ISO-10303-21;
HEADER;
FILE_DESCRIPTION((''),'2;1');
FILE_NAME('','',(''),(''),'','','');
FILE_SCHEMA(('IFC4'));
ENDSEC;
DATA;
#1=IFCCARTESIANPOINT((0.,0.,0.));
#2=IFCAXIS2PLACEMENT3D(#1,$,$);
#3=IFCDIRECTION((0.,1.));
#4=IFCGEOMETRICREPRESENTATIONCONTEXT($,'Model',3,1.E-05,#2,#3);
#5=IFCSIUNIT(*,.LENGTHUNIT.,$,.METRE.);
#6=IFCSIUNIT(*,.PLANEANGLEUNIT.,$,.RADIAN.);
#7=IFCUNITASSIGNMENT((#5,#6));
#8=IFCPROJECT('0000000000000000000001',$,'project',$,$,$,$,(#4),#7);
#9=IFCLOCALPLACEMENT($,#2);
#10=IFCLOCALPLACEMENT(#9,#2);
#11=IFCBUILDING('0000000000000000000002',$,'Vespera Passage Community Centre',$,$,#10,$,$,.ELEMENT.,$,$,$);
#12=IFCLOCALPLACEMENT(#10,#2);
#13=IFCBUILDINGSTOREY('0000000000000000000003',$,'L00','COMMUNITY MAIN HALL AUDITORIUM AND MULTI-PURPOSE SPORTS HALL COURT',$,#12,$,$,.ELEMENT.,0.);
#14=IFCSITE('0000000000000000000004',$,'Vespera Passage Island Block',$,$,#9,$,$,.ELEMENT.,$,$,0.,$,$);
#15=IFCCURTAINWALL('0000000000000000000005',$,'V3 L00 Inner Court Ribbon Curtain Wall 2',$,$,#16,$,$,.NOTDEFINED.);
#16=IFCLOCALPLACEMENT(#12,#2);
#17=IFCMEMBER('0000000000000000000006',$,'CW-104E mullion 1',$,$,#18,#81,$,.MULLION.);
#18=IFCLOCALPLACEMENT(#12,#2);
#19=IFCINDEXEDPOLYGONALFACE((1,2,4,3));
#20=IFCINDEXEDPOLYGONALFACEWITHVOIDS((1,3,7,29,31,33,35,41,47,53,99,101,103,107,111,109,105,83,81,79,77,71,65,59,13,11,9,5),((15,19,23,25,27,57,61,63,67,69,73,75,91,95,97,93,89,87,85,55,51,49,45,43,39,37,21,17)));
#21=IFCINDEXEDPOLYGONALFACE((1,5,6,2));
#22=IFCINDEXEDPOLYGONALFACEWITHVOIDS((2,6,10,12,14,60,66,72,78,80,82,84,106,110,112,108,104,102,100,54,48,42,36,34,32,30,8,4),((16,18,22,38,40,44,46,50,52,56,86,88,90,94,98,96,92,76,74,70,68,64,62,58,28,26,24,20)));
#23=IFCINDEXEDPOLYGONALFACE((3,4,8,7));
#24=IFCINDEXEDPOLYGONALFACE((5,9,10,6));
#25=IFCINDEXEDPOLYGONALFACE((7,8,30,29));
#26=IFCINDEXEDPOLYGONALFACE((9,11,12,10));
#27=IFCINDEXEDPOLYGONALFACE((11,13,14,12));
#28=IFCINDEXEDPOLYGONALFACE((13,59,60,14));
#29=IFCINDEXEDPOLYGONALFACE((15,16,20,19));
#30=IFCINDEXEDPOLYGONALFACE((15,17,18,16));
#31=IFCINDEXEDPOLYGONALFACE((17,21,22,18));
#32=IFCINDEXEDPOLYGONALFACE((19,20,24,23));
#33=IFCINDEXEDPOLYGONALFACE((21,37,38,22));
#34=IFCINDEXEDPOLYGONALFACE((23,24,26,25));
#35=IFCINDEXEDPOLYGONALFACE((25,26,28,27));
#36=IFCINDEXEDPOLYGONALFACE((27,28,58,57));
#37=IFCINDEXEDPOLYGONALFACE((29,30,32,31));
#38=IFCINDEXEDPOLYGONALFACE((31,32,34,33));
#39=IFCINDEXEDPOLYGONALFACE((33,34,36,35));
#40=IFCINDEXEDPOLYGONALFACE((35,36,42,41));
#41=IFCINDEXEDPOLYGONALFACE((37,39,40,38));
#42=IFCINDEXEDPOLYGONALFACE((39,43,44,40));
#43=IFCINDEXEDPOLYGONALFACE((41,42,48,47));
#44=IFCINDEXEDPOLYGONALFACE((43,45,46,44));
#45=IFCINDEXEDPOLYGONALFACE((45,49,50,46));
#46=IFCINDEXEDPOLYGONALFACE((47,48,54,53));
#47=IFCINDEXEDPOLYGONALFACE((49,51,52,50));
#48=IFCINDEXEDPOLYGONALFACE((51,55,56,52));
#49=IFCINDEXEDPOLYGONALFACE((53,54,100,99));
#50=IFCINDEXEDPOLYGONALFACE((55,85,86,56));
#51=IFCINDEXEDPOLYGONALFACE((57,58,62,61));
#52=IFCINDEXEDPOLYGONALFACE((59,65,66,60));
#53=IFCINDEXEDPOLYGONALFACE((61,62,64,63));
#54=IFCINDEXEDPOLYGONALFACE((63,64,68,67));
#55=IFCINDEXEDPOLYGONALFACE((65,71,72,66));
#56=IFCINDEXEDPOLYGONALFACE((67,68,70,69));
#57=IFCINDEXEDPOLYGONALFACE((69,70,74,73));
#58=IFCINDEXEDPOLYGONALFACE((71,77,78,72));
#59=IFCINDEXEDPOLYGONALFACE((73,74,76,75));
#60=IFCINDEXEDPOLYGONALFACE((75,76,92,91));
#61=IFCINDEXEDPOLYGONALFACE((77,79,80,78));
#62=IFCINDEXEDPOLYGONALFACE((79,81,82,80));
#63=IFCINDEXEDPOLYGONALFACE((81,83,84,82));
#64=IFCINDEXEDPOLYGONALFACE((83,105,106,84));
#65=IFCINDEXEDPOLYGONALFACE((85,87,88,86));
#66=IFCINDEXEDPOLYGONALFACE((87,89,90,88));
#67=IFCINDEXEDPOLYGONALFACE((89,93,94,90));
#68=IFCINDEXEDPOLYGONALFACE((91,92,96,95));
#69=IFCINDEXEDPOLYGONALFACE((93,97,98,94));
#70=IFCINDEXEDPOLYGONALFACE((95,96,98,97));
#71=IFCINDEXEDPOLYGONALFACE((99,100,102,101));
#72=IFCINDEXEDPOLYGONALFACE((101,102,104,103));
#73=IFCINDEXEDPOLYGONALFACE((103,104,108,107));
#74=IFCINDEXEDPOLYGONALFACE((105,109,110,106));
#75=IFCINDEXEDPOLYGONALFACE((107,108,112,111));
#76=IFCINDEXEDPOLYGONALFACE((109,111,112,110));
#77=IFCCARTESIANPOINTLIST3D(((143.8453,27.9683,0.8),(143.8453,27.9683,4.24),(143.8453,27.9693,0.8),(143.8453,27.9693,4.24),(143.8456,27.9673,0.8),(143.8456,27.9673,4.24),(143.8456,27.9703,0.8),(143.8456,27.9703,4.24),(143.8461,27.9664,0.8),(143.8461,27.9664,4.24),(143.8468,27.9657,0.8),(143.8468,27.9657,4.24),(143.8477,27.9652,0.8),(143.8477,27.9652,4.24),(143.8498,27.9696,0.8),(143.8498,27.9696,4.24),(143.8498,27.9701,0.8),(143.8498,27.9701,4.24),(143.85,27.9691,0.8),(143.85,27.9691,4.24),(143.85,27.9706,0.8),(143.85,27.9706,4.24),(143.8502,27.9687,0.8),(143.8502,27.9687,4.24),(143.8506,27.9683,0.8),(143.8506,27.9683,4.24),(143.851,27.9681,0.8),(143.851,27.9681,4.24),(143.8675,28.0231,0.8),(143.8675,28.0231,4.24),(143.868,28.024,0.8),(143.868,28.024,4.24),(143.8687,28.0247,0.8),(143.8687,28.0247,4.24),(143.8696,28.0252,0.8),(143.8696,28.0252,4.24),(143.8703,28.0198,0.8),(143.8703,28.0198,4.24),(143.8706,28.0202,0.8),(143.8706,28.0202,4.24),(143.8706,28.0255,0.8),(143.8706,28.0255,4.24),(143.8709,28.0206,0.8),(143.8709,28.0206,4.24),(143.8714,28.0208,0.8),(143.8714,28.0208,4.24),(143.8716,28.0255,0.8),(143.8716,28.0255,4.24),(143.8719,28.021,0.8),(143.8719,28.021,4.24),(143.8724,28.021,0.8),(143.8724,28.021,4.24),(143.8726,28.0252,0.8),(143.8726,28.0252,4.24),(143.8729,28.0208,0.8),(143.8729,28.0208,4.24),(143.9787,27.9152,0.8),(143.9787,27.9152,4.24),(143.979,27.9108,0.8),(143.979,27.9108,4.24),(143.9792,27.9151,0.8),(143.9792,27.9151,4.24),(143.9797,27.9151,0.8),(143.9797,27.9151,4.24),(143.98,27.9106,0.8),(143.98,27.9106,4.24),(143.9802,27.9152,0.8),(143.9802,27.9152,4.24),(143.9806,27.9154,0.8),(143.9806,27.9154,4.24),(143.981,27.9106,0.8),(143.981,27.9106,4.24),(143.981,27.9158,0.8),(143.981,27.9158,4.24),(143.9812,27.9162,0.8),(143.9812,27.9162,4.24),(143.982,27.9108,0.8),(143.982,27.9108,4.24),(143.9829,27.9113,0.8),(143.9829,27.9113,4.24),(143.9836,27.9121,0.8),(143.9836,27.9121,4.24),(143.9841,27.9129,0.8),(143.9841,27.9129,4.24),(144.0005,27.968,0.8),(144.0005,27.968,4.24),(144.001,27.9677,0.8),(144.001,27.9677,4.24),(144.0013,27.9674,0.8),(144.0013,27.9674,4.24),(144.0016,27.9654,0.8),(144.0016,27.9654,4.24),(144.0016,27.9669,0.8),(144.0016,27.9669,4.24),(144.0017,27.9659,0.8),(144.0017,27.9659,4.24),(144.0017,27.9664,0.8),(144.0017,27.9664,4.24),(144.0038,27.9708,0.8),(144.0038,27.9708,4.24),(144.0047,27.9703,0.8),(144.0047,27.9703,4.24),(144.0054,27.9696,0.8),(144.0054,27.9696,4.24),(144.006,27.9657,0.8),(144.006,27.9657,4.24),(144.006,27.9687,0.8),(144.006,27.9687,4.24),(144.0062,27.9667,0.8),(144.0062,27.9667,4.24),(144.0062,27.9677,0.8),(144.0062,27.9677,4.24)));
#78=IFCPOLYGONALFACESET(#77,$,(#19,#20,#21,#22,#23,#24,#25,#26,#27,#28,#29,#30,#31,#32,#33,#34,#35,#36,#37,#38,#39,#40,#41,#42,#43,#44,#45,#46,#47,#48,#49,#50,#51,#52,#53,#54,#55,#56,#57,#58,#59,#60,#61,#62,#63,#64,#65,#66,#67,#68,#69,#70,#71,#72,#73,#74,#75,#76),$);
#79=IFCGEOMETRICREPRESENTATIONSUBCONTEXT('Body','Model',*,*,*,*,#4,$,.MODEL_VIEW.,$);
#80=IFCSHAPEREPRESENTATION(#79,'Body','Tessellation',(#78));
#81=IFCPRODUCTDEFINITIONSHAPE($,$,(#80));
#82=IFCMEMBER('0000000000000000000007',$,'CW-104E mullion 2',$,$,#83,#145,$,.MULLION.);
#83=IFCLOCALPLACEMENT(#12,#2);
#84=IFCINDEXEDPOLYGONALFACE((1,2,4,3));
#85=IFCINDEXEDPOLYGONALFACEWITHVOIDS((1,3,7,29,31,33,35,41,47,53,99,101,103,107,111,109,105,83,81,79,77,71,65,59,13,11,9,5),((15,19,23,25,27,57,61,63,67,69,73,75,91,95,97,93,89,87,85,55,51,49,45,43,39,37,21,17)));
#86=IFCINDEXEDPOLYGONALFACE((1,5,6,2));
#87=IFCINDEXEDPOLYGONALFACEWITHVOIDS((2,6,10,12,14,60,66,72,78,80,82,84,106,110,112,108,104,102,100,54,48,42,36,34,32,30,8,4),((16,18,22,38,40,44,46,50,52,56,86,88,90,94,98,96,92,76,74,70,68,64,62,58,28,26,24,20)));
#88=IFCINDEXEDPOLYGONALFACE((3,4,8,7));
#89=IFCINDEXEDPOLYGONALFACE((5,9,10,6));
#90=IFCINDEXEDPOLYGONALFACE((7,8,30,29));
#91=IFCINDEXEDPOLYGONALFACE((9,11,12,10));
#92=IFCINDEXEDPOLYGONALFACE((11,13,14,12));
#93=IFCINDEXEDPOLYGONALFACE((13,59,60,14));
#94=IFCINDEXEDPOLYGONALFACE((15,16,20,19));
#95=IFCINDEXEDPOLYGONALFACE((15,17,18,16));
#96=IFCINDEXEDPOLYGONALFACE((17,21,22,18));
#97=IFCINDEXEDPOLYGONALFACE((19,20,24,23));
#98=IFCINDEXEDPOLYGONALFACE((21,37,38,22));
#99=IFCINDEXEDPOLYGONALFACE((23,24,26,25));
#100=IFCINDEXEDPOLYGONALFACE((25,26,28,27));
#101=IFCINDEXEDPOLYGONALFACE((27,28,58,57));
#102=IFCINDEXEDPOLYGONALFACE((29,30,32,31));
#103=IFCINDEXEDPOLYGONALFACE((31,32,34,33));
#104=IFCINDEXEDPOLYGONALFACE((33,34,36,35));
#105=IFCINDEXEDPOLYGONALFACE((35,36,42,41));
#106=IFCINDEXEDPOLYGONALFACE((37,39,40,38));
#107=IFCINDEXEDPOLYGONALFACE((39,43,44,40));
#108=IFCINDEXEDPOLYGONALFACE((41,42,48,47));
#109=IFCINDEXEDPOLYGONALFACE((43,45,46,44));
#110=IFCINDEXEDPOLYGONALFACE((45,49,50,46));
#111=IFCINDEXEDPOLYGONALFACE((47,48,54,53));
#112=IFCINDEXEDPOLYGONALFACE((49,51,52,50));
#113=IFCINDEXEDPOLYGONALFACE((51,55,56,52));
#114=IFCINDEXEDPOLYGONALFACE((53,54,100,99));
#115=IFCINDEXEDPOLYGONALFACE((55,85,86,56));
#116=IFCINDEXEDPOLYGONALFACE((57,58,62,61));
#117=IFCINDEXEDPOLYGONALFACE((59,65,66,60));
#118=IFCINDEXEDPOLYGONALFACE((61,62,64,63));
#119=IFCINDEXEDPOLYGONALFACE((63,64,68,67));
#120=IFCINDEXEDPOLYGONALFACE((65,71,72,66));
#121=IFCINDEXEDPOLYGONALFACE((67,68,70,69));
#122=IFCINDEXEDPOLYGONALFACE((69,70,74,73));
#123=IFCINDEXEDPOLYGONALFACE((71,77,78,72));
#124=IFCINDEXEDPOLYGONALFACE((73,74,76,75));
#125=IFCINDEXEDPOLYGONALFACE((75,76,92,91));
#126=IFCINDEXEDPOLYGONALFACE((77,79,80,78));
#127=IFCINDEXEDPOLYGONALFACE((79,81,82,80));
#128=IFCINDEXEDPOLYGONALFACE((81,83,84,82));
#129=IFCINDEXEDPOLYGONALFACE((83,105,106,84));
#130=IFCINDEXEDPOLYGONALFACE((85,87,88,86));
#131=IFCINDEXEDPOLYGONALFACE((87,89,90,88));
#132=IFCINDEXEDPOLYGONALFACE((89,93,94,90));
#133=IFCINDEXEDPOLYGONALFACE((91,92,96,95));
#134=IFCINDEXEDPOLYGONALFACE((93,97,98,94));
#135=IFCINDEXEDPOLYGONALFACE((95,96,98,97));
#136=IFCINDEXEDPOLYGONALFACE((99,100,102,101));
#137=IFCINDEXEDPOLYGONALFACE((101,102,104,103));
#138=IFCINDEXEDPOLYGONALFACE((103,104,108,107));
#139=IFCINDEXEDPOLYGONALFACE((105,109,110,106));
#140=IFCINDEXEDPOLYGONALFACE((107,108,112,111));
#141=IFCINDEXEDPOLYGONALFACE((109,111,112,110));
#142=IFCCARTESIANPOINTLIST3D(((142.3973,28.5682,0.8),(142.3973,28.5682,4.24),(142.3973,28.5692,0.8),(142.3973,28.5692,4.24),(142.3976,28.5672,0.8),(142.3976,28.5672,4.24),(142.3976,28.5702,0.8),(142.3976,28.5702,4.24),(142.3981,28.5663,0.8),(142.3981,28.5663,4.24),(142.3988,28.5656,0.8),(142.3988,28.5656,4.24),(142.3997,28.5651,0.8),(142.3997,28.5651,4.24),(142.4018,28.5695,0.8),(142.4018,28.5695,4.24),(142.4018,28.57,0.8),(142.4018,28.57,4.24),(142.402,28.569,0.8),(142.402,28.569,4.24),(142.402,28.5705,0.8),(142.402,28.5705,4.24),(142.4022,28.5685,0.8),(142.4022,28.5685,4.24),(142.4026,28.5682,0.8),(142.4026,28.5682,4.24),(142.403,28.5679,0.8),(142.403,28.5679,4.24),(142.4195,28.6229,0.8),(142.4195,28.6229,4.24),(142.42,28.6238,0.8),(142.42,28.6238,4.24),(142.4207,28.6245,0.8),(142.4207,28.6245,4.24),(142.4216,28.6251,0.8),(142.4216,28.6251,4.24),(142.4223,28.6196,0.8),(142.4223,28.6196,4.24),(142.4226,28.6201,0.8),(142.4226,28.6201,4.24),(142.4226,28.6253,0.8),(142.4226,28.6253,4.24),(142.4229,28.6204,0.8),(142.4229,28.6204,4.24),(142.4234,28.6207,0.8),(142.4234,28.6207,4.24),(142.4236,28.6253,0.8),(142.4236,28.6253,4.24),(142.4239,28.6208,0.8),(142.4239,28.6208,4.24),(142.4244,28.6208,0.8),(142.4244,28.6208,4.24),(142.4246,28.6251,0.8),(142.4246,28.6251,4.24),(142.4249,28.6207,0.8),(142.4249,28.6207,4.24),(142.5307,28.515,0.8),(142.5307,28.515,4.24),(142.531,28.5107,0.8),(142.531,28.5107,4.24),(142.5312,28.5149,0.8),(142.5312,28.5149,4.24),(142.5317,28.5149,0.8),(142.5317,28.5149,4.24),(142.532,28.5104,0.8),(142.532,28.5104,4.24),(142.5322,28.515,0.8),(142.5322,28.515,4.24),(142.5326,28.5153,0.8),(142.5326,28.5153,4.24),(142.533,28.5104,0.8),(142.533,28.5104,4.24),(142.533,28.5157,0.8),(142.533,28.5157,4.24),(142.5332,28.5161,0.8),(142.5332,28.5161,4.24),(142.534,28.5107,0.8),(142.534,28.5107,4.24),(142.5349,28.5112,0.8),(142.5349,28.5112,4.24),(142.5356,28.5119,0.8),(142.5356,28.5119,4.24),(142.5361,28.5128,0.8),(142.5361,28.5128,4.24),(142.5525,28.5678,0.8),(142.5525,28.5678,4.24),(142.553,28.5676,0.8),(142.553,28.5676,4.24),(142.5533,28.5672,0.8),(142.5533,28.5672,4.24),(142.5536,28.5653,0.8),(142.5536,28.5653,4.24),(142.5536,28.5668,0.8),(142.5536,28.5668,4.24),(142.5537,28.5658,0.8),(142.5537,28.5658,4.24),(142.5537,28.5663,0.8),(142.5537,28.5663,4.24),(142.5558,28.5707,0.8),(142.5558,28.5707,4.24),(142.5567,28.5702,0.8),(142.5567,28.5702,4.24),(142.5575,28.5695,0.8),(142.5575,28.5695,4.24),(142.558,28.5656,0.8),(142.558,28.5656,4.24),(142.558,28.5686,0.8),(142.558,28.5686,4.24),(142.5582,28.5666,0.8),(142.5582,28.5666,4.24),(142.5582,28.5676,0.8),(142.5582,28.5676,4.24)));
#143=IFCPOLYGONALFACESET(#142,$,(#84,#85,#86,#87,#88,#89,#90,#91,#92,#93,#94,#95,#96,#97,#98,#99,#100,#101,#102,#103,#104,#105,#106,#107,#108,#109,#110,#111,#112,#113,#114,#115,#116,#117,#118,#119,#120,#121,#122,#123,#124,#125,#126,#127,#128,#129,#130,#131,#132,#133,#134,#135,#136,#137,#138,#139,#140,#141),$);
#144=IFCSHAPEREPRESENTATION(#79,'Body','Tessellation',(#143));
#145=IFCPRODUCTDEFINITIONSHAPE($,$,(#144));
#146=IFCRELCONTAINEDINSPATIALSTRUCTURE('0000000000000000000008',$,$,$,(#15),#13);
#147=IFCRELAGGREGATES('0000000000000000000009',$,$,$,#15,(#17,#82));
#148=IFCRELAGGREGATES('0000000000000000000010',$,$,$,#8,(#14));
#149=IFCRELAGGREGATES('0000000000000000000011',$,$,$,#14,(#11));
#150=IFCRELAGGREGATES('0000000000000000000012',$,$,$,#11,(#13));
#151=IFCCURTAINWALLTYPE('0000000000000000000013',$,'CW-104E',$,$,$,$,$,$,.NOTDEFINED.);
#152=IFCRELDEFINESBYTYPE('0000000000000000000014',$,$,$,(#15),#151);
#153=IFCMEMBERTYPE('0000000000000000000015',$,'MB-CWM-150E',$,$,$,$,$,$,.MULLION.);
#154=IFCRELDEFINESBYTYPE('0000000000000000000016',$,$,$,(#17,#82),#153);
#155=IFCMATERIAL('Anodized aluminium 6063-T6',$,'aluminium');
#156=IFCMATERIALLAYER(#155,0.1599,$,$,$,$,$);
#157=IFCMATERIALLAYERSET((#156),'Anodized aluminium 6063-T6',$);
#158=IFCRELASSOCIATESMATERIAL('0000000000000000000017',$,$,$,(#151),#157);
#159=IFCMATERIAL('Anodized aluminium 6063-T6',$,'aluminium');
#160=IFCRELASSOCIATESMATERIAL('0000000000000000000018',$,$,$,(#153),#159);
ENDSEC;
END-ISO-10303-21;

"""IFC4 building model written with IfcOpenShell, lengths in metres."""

from ifc_helpers import new_model, si_unit, direction, frame, origin, origin_2d, place, context, subcontext, project, spatial, hollow_rectangle, extrude, material, layer, layer_set, material_profile, profile_set, type_object, element, aggregate, save


model = new_model("IFC4")

# Units and contexts
model_context = context("Model", 3, precision=1e-05, world=origin(), true_north=direction((0.0, 1.0)))
body_context = subcontext(model_context, "Body", "Model", "MODEL_VIEW")
ifc_project = project(units=[si_unit("LENGTHUNIT", "METRE"), si_unit("PLANEANGLEUNIT", "RADIAN")], contexts=[model_context])

# Site, building, storey
site_placement = place(None, origin())
site = spatial("IfcSite", under=ifc_project, at=site_placement, Name="Vespera Passage Island Block", CompositionType="ELEMENT", RefElevation=0.0)
building_placement = place(site_placement, origin())
building = spatial("IfcBuilding", under=site, at=building_placement, Name="Vespera Passage Community Centre", CompositionType="ELEMENT")
storey_placement = place(building_placement, origin())
storey = spatial("IfcBuildingStorey", under=building, at=storey_placement, Name="L00", Description="COMMUNITY MAIN HALL AUDITORIUM AND MULTI-PURPOSE SPORTS HALL COURT", CompositionType="ELEMENT", Elevation=0.0)

# Curtain wall, members
ifc_material_1 = material(Name="Anodized aluminium 6063-T6", Category="aluminium")
ifc_layer_1 = layer(ifc_material_1, 0.1599)
ifc_layer_set_1 = layer_set([ifc_layer_1], Name="Anodized aluminium 6063-T6")
curtain_wall_type = type_object("IfcCurtainWallType", Name="CW-104E", PredefinedType="NOTDEFINED", material=ifc_layer_set_1)
curtain_wall_1_placement = place(storey_placement, origin())
curtain_wall_1 = element("IfcCurtainWall", 1, at=curtain_wall_1_placement, inside=storey, type_object=curtain_wall_type, Name="V3 L00 Inner Court Ribbon Curtain Wall 2", PredefinedType="NOTDEFINED")
ifc_material_2 = material(Name="Anodized aluminium 6063-T6", Category="aluminium")
ifc_material_profile_1 = material_profile(ifc_material_2, hollow_rectangle(XDim=0.0649, YDim=0.1499, WallThickness=0.0039, InnerFilletRadius=0.002, OuterFilletRadius=0.0039, at=origin_2d()), Name="ALU150X65X4")
ifc_profile_set_1 = profile_set([ifc_material_profile_1], Name="Anodized aluminium 6063-T6")
member_type_1 = type_object("IfcMemberType", Name="MB-CWM-150E", PredefinedType="MULLION", material=ifc_profile_set_1)
member_1_placement = place(storey_placement, frame((143.9258, 27.968, 0.8), z_axis=(0.0, 0.0, 1.0), x_axis=(-0.382686, -0.923879, 0.0)))
member_1 = element("IfcMember", 2, at=member_1_placement, type_object=member_type_1, Name="CW-104E mullion 1", PredefinedType="MULLION", context=body_context, shape_type="SweptSolid", body=[
    extrude(hollow_rectangle(XDim=0.0649, YDim=0.1499, WallThickness=0.0039, InnerFilletRadius=0.002, OuterFilletRadius=0.0039, at=origin_2d()), origin(), (0.0, 0.0, 1.0), 3.4399),
])
member_2_placement = place(storey_placement, frame((142.4778, 28.5679, 0.8), z_axis=(0.0, 0.0, 1.0), x_axis=(-0.382686, -0.923879, 0.0)))
member_2 = element("IfcMember", 3, at=member_2_placement, type_object=member_type_1, Name="CW-104E mullion 2", PredefinedType="MULLION", context=body_context, shape_type="SweptSolid", body=[
    extrude(hollow_rectangle(XDim=0.0649, YDim=0.1499, WallThickness=0.0039, InnerFilletRadius=0.002, OuterFilletRadius=0.0039, at=origin_2d()), origin(), (0.0, 0.0, 1.0), 3.4399),
])

aggregate(curtain_wall_1, [member_1, member_2])

save(model, "model.ifc")
